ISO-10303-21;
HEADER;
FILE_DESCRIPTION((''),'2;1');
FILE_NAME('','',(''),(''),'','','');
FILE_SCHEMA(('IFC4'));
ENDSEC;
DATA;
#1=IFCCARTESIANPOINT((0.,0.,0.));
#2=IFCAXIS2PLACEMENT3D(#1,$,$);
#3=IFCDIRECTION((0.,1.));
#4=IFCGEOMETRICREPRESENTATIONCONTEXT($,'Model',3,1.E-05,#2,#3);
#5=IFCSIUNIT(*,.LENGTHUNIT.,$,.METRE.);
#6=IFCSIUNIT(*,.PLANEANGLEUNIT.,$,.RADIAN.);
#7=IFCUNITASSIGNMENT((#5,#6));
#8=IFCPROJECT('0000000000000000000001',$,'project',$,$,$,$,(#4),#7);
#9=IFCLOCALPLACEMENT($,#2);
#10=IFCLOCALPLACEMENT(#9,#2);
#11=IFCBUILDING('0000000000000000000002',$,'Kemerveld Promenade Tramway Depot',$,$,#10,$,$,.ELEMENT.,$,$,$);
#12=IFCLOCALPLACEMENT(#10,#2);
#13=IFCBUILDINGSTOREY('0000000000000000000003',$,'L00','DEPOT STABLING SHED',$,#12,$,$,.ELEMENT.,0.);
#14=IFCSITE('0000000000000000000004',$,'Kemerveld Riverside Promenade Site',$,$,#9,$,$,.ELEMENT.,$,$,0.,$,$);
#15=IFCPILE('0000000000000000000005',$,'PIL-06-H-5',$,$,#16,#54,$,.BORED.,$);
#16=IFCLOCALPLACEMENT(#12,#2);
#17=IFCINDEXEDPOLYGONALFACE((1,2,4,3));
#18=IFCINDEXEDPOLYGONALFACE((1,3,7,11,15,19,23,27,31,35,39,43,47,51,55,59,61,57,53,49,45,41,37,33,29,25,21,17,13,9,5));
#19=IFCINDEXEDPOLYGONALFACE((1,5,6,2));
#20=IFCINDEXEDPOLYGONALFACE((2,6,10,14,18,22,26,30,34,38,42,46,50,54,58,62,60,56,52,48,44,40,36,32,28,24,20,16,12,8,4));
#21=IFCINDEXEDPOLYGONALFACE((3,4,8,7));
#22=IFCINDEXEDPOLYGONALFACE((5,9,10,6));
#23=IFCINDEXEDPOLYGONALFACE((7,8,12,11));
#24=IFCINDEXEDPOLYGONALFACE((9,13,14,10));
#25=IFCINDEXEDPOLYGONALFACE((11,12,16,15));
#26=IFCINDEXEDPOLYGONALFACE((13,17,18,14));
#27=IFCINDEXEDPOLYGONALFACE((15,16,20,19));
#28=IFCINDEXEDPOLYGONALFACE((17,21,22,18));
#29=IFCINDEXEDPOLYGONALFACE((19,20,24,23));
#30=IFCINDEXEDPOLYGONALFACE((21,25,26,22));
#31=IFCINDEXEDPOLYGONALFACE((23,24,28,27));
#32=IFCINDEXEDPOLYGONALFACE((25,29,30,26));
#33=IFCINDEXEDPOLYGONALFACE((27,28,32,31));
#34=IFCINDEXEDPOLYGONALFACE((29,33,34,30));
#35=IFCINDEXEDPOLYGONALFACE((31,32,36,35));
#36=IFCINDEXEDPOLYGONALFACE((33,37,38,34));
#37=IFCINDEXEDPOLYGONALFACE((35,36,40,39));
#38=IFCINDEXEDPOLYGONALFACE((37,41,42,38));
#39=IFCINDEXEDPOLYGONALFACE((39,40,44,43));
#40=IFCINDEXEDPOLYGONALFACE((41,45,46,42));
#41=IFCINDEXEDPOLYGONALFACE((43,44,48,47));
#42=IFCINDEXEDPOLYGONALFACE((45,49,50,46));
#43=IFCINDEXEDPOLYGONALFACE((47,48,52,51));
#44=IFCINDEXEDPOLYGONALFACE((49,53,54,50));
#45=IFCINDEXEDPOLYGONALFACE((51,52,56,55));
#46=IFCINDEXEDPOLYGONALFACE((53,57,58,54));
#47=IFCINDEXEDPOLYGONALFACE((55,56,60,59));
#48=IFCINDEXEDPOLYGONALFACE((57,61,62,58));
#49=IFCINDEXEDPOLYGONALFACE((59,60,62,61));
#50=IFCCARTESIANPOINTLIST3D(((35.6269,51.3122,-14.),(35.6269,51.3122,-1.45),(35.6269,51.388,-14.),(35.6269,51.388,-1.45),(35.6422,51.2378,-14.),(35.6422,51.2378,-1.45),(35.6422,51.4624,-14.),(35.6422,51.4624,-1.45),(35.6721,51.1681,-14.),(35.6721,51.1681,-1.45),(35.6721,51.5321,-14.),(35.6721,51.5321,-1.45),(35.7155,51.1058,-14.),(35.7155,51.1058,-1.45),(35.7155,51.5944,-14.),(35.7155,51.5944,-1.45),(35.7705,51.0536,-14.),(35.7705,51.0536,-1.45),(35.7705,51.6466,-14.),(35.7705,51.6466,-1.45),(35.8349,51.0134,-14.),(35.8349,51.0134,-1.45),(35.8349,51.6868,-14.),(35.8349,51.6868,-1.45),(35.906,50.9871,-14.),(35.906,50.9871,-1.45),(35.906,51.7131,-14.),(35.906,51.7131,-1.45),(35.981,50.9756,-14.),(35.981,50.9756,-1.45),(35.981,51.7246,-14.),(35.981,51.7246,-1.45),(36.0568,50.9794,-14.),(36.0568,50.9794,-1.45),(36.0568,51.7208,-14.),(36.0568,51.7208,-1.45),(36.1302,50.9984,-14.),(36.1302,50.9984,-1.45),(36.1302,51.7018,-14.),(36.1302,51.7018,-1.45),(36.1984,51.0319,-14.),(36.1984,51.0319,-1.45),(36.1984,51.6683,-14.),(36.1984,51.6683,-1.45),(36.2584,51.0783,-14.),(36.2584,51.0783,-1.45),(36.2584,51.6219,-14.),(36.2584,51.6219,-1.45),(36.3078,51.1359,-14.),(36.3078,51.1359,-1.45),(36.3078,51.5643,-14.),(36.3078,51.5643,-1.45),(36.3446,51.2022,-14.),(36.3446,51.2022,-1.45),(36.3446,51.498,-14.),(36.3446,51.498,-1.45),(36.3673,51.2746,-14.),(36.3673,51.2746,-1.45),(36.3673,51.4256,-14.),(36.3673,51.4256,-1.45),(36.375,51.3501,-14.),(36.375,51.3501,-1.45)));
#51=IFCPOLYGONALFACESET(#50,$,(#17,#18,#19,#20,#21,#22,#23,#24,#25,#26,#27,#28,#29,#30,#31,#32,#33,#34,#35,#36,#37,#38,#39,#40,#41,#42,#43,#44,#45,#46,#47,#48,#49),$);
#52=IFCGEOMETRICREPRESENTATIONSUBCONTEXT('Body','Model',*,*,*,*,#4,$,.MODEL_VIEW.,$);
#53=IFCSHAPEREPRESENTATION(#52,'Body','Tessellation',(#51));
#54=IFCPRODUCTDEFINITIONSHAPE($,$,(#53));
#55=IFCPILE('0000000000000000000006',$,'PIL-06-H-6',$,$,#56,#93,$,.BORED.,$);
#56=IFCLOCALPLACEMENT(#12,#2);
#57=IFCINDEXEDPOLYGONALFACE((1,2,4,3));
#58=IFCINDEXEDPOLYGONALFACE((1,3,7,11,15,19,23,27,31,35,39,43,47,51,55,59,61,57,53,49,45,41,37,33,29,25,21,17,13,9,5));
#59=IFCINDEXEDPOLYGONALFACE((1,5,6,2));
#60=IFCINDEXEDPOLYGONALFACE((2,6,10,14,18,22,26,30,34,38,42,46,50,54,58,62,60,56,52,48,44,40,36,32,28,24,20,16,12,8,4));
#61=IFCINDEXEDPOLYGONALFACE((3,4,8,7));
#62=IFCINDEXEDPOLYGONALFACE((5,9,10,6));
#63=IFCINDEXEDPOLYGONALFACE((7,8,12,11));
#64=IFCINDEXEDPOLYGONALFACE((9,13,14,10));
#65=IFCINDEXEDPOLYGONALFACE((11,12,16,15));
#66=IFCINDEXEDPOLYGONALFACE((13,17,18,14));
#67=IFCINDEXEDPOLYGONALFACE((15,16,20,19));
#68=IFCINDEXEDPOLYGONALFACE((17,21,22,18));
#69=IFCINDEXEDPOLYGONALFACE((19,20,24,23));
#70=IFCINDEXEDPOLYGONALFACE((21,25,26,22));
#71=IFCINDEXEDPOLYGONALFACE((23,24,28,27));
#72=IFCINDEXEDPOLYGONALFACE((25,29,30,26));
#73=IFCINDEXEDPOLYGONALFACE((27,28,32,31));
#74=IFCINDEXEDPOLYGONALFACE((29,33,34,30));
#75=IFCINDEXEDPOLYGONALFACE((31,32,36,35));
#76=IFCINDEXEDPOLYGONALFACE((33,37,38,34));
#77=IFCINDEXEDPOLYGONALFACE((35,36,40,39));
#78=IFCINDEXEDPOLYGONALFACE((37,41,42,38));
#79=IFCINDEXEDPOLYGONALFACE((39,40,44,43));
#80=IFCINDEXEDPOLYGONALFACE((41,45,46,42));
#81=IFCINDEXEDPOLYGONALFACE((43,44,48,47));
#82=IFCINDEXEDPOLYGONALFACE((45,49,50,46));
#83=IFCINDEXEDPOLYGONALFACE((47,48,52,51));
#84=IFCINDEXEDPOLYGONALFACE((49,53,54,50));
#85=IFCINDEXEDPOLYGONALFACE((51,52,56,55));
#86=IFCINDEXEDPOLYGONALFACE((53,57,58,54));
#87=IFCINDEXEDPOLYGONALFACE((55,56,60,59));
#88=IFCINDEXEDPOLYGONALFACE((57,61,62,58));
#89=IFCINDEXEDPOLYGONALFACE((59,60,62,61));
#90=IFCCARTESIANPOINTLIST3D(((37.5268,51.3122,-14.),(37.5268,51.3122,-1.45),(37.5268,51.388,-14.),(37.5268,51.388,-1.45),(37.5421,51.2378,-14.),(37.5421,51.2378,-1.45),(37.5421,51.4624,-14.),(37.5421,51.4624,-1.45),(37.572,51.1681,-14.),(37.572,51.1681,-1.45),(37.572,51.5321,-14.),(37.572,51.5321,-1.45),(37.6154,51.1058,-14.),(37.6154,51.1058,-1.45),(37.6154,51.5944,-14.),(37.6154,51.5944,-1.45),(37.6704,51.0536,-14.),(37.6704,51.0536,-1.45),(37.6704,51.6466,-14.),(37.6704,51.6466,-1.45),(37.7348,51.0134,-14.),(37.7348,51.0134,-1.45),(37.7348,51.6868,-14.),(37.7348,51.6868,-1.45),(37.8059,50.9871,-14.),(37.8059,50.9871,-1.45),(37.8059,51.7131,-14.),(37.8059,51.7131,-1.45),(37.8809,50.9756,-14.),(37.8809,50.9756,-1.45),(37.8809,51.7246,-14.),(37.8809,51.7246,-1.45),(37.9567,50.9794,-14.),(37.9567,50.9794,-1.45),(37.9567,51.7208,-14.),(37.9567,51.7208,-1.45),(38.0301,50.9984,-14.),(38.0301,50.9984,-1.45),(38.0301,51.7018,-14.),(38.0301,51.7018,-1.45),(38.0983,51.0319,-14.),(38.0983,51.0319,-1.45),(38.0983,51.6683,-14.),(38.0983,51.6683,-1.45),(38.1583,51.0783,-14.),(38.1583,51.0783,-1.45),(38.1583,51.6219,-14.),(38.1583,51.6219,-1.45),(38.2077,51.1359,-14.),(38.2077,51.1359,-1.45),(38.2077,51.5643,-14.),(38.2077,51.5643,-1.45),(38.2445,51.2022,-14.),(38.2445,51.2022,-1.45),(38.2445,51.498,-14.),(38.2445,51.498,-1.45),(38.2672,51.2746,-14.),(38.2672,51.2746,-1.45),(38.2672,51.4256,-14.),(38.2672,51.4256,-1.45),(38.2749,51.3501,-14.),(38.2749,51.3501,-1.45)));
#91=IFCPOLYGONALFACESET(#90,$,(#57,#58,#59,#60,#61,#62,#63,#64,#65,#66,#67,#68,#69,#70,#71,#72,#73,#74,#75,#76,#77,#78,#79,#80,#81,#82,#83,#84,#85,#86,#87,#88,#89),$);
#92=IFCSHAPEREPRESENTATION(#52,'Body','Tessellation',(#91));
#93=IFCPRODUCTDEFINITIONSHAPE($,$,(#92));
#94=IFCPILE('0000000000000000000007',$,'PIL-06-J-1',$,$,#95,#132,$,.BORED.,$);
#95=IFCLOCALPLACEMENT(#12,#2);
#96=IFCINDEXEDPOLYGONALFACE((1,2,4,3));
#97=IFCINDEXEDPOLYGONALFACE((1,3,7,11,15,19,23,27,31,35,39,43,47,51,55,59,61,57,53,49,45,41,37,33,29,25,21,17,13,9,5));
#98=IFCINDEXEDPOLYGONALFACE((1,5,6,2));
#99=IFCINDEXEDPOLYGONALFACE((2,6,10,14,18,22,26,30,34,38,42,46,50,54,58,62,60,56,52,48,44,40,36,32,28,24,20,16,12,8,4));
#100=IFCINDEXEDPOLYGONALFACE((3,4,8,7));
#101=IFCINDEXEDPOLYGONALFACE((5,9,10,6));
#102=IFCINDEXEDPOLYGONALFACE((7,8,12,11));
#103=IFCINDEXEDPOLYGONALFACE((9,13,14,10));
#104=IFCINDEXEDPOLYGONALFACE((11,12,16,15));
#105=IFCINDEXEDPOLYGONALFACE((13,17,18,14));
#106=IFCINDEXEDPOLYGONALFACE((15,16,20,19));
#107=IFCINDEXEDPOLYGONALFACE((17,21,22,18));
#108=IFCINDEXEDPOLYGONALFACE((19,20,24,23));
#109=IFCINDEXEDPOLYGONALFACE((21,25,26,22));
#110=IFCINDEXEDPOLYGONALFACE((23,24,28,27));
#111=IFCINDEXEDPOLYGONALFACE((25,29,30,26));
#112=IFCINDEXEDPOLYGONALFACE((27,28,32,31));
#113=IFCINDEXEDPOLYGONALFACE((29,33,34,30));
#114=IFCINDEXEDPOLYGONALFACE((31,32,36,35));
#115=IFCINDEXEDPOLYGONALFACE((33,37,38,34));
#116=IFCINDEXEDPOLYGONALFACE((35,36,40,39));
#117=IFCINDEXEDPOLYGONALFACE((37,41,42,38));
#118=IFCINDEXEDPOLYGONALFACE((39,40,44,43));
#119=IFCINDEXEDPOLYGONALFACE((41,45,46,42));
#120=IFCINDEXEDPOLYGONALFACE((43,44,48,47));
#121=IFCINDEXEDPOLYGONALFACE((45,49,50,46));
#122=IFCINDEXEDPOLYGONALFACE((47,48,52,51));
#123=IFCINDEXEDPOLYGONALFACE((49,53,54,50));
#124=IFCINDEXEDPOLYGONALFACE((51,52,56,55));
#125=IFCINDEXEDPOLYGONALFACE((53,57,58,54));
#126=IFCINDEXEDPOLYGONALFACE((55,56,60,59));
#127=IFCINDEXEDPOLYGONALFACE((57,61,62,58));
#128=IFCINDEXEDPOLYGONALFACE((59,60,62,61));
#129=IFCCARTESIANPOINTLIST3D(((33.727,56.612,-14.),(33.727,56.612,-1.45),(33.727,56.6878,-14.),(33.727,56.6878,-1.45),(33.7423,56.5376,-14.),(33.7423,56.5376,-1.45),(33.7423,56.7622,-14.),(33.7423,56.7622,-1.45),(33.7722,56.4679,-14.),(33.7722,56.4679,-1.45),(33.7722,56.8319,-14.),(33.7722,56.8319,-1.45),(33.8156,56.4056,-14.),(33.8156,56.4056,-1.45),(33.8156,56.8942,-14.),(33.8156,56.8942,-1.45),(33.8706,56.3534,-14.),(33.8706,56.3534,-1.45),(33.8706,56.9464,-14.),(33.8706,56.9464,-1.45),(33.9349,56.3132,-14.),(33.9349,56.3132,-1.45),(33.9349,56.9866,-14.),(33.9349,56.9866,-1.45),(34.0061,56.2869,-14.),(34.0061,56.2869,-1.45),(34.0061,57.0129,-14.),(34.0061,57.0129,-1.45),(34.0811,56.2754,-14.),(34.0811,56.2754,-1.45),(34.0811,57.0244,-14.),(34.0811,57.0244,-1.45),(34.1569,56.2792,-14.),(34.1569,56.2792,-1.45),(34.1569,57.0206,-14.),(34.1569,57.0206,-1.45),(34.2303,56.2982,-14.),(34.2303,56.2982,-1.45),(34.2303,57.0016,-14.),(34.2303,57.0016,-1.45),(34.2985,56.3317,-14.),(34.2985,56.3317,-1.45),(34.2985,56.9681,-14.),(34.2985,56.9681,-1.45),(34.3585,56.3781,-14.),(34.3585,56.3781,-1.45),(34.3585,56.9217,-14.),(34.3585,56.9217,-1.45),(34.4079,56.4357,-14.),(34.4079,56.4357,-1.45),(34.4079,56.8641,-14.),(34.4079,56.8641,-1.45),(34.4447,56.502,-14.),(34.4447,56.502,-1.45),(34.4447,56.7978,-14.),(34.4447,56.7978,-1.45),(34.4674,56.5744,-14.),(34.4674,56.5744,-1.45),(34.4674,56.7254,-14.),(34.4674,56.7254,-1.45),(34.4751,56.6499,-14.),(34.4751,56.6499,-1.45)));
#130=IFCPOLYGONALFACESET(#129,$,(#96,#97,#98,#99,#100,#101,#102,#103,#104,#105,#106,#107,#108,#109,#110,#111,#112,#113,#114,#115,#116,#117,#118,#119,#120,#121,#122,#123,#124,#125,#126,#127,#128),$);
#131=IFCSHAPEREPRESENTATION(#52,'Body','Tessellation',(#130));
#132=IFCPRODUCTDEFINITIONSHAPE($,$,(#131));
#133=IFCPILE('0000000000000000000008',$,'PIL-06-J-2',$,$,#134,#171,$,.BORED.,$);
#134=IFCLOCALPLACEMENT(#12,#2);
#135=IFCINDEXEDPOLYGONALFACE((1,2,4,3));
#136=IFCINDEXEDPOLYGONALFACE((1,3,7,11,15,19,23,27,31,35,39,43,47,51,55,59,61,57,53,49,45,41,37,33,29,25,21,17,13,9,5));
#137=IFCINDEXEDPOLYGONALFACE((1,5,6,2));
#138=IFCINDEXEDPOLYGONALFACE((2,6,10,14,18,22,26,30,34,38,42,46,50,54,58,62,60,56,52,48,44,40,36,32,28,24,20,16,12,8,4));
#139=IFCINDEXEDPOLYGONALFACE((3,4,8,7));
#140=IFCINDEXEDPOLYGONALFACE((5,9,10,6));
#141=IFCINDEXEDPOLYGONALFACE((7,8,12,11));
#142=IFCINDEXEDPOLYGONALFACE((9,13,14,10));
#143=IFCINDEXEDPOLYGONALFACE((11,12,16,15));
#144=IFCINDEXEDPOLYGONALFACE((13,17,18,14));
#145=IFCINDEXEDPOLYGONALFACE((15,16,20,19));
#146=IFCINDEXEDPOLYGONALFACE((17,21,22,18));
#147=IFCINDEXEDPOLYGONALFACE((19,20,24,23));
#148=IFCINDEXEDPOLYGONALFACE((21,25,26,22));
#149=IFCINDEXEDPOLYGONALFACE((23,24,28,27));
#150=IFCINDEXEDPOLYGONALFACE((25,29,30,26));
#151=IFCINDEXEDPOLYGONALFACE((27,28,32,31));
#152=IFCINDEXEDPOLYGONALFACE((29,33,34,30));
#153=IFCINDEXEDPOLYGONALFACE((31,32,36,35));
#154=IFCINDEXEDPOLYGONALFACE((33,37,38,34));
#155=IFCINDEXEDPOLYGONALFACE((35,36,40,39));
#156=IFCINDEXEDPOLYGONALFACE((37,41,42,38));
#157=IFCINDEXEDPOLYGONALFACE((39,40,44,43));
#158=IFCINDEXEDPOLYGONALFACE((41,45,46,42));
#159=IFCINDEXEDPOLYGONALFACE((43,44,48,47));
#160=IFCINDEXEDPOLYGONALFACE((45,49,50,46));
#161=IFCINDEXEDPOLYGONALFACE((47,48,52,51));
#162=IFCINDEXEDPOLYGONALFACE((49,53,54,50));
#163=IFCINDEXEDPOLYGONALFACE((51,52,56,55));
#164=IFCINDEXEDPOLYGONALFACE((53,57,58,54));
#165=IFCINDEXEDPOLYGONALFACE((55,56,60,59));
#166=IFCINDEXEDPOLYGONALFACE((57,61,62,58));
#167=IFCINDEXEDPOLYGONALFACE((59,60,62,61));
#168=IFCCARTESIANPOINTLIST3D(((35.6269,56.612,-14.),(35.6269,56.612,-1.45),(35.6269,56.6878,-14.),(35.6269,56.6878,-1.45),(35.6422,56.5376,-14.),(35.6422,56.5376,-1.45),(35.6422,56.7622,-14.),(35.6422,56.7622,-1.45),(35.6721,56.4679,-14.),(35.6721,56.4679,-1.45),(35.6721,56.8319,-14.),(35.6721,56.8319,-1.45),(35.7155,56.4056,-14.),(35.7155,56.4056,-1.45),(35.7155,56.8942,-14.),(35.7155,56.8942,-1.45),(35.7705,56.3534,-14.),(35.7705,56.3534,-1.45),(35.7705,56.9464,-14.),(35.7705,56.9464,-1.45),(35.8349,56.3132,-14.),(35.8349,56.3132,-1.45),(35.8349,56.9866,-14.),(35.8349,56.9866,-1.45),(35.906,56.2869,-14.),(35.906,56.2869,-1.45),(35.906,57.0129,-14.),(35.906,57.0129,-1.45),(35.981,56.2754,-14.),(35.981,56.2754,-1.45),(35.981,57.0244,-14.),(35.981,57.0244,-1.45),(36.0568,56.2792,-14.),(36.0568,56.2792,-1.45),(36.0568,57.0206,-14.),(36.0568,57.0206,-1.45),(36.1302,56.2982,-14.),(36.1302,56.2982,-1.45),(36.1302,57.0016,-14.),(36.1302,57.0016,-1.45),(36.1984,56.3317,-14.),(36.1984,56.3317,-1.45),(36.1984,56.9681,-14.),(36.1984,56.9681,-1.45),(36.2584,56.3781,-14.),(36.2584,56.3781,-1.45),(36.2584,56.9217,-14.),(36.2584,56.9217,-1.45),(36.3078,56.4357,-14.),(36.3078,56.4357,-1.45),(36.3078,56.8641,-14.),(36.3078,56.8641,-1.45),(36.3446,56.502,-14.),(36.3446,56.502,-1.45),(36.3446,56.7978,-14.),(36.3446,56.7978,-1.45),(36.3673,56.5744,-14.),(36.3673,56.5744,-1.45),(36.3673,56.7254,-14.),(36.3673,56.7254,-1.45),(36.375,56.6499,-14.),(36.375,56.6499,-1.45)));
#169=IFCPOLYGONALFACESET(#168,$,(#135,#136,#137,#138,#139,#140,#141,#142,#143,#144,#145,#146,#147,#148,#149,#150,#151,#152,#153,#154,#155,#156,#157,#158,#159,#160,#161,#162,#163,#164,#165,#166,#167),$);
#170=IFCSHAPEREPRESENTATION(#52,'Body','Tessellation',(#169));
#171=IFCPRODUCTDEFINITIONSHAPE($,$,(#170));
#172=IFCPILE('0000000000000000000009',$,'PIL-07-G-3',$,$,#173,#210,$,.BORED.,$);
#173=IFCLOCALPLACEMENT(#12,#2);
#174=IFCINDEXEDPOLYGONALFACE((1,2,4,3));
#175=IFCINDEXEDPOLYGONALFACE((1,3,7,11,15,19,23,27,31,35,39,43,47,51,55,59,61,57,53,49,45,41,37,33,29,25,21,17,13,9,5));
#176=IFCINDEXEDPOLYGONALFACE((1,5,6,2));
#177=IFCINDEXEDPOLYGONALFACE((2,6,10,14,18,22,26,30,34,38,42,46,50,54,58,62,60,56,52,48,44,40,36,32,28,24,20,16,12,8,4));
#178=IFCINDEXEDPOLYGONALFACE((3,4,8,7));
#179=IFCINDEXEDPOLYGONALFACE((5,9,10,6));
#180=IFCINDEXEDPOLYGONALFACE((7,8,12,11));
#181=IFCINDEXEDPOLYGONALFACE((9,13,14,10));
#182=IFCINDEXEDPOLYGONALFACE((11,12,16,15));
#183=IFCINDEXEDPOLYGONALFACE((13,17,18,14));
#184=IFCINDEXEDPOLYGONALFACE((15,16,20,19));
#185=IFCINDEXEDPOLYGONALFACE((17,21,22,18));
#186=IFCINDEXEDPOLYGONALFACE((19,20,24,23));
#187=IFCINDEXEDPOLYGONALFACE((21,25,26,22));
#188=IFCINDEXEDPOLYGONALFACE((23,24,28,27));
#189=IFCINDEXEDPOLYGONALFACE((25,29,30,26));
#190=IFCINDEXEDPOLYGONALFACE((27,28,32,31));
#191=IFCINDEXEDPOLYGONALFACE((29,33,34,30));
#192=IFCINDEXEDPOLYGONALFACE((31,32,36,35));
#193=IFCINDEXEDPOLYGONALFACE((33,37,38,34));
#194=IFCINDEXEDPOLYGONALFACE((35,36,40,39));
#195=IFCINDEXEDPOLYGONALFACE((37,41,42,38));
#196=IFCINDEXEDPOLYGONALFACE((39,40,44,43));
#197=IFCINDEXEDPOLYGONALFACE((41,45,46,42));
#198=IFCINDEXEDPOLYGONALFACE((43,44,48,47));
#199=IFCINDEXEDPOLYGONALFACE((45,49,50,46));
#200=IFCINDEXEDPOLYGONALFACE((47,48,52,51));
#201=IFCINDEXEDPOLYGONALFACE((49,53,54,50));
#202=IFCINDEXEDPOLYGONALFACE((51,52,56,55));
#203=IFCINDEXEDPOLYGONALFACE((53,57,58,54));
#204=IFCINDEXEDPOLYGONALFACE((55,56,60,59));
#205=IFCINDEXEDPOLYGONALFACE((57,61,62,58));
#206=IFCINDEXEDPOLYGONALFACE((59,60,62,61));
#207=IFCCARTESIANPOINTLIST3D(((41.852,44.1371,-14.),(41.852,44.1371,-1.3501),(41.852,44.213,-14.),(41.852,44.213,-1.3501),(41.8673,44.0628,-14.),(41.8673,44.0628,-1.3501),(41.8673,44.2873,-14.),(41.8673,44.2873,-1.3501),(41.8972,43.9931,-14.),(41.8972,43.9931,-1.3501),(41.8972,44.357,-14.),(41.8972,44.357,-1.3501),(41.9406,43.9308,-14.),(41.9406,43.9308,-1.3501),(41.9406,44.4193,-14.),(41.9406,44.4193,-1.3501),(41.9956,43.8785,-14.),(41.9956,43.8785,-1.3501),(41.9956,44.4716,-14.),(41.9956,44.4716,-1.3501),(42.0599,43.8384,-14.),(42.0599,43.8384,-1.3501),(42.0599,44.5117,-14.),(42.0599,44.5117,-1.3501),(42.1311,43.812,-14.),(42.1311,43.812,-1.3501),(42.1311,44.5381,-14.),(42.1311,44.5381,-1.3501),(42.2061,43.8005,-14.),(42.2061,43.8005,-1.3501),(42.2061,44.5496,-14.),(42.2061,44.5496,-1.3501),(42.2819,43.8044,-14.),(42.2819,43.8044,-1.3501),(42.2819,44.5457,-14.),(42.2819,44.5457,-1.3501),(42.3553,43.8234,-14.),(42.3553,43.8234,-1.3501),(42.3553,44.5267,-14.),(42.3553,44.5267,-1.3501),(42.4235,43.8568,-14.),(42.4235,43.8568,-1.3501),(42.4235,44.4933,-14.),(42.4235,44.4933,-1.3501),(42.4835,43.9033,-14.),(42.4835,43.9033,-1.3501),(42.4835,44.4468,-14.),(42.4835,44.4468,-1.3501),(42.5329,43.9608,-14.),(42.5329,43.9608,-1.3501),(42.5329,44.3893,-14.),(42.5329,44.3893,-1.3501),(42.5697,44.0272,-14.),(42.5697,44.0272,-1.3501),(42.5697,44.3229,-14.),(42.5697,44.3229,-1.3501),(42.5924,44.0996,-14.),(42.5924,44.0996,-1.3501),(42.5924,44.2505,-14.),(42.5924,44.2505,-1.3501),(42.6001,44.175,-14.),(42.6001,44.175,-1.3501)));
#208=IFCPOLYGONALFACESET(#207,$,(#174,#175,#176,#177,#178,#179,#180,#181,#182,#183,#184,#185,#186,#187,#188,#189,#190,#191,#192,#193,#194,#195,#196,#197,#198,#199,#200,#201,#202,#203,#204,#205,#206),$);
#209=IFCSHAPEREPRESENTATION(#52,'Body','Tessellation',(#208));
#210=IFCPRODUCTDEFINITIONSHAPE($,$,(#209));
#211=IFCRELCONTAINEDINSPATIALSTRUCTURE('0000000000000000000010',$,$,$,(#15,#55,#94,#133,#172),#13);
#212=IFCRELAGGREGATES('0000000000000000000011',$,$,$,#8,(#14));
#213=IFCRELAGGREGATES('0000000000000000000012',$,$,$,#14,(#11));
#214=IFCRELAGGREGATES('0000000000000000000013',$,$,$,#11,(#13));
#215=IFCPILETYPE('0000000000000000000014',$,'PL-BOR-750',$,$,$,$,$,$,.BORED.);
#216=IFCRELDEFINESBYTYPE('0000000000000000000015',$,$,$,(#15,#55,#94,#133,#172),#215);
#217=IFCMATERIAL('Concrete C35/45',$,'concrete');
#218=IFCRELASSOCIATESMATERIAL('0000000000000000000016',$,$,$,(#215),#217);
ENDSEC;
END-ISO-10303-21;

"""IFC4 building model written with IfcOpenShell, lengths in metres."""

from ifc_helpers import new_model, si_unit, direction, frame, origin, origin_2d, place, context, subcontext, project, spatial, circle, extrude, material, material_profile, profile_set, type_object, element, save


model = new_model("IFC4")

# Units and contexts
model_context = context("Model", 3, precision=1e-05, world=origin(), true_north=direction((0.0, 1.0)))
body_context = subcontext(model_context, "Body", "Model", "MODEL_VIEW")
ifc_project = project(units=[si_unit("LENGTHUNIT", "METRE"), si_unit("PLANEANGLEUNIT", "RADIAN")], contexts=[model_context])

# Site, building, storey
site_placement = place(None, origin())
site = spatial("IfcSite", under=ifc_project, at=site_placement, Name="Kemerveld Riverside Promenade Site", CompositionType="ELEMENT", RefElevation=0.0)
building_placement = place(site_placement, origin())
building = spatial("IfcBuilding", under=site, at=building_placement, Name="Kemerveld Promenade Tramway Depot", CompositionType="ELEMENT")
storey_placement = place(building_placement, origin())
storey = spatial("IfcBuildingStorey", under=building, at=storey_placement, Name="L00", Description="DEPOT STABLING SHED", CompositionType="ELEMENT", Elevation=0.0)

# Shared definitions
ifc_material_1 = material(Name="Concrete C35/45", Category="concrete")

# Piles
ifc_material_profile_1 = material_profile(ifc_material_1, circle(Radius=0.375, at=origin_2d()), Name="PILE-D750")
ifc_profile_set_1 = profile_set([ifc_material_profile_1], Name="Concrete C35/45")
pile_type = type_object("IfcPileType", Name="PL-BOR-750", PredefinedType="BORED", material=ifc_profile_set_1)
for number, where, z_axis, x_axis, name in (
    (1, (36.0, 51.3501, -1.45), (0.0, 0.0, -1.0), (1.0, 0.0, 0.0), "PIL-06-H-5"),
    (2, (37.8999, 51.3501, -1.45), (0.0, 0.0, -1.0), (1.0, 0.0, 0.0), "PIL-06-H-6"),
    (3, (34.1001, 56.6499, -1.45), (0.0, 0.0, -1.0), (1.0, 0.0, 0.0), "PIL-06-J-1"),
    (4, (36.0, 56.6499, -1.45), (0.0, 0.0, -1.0), (1.0, 0.0, 0.0), "PIL-06-J-2"),
):
    element("IfcPile", number, at=place(storey_placement, frame(where, z_axis=z_axis, x_axis=x_axis)), inside=storey, type_object=pile_type, Name=name, PredefinedType="BORED", context=body_context, shape_type="SweptSolid", body=[
        extrude(circle(Radius=0.375, at=origin_2d()), origin(), (0.0, 0.0, 1.0), 12.55),
    ])
for number, where, z_axis, x_axis, name in (
    (5, (42.2251, 44.175, -1.3501), (0.0, 0.0, -1.0), (1.0, 0.0, 0.0), "PIL-07-G-3"),
):
    element("IfcPile", number, at=place(storey_placement, frame(where, z_axis=z_axis, x_axis=x_axis)), inside=storey, type_object=pile_type, Name=name, PredefinedType="BORED", context=body_context, shape_type="SweptSolid", body=[
        extrude(circle(Radius=0.375, at=origin_2d()), origin(), (0.0, 0.0, 1.0), 12.6499),
    ])

save(model, "model.ifc")
